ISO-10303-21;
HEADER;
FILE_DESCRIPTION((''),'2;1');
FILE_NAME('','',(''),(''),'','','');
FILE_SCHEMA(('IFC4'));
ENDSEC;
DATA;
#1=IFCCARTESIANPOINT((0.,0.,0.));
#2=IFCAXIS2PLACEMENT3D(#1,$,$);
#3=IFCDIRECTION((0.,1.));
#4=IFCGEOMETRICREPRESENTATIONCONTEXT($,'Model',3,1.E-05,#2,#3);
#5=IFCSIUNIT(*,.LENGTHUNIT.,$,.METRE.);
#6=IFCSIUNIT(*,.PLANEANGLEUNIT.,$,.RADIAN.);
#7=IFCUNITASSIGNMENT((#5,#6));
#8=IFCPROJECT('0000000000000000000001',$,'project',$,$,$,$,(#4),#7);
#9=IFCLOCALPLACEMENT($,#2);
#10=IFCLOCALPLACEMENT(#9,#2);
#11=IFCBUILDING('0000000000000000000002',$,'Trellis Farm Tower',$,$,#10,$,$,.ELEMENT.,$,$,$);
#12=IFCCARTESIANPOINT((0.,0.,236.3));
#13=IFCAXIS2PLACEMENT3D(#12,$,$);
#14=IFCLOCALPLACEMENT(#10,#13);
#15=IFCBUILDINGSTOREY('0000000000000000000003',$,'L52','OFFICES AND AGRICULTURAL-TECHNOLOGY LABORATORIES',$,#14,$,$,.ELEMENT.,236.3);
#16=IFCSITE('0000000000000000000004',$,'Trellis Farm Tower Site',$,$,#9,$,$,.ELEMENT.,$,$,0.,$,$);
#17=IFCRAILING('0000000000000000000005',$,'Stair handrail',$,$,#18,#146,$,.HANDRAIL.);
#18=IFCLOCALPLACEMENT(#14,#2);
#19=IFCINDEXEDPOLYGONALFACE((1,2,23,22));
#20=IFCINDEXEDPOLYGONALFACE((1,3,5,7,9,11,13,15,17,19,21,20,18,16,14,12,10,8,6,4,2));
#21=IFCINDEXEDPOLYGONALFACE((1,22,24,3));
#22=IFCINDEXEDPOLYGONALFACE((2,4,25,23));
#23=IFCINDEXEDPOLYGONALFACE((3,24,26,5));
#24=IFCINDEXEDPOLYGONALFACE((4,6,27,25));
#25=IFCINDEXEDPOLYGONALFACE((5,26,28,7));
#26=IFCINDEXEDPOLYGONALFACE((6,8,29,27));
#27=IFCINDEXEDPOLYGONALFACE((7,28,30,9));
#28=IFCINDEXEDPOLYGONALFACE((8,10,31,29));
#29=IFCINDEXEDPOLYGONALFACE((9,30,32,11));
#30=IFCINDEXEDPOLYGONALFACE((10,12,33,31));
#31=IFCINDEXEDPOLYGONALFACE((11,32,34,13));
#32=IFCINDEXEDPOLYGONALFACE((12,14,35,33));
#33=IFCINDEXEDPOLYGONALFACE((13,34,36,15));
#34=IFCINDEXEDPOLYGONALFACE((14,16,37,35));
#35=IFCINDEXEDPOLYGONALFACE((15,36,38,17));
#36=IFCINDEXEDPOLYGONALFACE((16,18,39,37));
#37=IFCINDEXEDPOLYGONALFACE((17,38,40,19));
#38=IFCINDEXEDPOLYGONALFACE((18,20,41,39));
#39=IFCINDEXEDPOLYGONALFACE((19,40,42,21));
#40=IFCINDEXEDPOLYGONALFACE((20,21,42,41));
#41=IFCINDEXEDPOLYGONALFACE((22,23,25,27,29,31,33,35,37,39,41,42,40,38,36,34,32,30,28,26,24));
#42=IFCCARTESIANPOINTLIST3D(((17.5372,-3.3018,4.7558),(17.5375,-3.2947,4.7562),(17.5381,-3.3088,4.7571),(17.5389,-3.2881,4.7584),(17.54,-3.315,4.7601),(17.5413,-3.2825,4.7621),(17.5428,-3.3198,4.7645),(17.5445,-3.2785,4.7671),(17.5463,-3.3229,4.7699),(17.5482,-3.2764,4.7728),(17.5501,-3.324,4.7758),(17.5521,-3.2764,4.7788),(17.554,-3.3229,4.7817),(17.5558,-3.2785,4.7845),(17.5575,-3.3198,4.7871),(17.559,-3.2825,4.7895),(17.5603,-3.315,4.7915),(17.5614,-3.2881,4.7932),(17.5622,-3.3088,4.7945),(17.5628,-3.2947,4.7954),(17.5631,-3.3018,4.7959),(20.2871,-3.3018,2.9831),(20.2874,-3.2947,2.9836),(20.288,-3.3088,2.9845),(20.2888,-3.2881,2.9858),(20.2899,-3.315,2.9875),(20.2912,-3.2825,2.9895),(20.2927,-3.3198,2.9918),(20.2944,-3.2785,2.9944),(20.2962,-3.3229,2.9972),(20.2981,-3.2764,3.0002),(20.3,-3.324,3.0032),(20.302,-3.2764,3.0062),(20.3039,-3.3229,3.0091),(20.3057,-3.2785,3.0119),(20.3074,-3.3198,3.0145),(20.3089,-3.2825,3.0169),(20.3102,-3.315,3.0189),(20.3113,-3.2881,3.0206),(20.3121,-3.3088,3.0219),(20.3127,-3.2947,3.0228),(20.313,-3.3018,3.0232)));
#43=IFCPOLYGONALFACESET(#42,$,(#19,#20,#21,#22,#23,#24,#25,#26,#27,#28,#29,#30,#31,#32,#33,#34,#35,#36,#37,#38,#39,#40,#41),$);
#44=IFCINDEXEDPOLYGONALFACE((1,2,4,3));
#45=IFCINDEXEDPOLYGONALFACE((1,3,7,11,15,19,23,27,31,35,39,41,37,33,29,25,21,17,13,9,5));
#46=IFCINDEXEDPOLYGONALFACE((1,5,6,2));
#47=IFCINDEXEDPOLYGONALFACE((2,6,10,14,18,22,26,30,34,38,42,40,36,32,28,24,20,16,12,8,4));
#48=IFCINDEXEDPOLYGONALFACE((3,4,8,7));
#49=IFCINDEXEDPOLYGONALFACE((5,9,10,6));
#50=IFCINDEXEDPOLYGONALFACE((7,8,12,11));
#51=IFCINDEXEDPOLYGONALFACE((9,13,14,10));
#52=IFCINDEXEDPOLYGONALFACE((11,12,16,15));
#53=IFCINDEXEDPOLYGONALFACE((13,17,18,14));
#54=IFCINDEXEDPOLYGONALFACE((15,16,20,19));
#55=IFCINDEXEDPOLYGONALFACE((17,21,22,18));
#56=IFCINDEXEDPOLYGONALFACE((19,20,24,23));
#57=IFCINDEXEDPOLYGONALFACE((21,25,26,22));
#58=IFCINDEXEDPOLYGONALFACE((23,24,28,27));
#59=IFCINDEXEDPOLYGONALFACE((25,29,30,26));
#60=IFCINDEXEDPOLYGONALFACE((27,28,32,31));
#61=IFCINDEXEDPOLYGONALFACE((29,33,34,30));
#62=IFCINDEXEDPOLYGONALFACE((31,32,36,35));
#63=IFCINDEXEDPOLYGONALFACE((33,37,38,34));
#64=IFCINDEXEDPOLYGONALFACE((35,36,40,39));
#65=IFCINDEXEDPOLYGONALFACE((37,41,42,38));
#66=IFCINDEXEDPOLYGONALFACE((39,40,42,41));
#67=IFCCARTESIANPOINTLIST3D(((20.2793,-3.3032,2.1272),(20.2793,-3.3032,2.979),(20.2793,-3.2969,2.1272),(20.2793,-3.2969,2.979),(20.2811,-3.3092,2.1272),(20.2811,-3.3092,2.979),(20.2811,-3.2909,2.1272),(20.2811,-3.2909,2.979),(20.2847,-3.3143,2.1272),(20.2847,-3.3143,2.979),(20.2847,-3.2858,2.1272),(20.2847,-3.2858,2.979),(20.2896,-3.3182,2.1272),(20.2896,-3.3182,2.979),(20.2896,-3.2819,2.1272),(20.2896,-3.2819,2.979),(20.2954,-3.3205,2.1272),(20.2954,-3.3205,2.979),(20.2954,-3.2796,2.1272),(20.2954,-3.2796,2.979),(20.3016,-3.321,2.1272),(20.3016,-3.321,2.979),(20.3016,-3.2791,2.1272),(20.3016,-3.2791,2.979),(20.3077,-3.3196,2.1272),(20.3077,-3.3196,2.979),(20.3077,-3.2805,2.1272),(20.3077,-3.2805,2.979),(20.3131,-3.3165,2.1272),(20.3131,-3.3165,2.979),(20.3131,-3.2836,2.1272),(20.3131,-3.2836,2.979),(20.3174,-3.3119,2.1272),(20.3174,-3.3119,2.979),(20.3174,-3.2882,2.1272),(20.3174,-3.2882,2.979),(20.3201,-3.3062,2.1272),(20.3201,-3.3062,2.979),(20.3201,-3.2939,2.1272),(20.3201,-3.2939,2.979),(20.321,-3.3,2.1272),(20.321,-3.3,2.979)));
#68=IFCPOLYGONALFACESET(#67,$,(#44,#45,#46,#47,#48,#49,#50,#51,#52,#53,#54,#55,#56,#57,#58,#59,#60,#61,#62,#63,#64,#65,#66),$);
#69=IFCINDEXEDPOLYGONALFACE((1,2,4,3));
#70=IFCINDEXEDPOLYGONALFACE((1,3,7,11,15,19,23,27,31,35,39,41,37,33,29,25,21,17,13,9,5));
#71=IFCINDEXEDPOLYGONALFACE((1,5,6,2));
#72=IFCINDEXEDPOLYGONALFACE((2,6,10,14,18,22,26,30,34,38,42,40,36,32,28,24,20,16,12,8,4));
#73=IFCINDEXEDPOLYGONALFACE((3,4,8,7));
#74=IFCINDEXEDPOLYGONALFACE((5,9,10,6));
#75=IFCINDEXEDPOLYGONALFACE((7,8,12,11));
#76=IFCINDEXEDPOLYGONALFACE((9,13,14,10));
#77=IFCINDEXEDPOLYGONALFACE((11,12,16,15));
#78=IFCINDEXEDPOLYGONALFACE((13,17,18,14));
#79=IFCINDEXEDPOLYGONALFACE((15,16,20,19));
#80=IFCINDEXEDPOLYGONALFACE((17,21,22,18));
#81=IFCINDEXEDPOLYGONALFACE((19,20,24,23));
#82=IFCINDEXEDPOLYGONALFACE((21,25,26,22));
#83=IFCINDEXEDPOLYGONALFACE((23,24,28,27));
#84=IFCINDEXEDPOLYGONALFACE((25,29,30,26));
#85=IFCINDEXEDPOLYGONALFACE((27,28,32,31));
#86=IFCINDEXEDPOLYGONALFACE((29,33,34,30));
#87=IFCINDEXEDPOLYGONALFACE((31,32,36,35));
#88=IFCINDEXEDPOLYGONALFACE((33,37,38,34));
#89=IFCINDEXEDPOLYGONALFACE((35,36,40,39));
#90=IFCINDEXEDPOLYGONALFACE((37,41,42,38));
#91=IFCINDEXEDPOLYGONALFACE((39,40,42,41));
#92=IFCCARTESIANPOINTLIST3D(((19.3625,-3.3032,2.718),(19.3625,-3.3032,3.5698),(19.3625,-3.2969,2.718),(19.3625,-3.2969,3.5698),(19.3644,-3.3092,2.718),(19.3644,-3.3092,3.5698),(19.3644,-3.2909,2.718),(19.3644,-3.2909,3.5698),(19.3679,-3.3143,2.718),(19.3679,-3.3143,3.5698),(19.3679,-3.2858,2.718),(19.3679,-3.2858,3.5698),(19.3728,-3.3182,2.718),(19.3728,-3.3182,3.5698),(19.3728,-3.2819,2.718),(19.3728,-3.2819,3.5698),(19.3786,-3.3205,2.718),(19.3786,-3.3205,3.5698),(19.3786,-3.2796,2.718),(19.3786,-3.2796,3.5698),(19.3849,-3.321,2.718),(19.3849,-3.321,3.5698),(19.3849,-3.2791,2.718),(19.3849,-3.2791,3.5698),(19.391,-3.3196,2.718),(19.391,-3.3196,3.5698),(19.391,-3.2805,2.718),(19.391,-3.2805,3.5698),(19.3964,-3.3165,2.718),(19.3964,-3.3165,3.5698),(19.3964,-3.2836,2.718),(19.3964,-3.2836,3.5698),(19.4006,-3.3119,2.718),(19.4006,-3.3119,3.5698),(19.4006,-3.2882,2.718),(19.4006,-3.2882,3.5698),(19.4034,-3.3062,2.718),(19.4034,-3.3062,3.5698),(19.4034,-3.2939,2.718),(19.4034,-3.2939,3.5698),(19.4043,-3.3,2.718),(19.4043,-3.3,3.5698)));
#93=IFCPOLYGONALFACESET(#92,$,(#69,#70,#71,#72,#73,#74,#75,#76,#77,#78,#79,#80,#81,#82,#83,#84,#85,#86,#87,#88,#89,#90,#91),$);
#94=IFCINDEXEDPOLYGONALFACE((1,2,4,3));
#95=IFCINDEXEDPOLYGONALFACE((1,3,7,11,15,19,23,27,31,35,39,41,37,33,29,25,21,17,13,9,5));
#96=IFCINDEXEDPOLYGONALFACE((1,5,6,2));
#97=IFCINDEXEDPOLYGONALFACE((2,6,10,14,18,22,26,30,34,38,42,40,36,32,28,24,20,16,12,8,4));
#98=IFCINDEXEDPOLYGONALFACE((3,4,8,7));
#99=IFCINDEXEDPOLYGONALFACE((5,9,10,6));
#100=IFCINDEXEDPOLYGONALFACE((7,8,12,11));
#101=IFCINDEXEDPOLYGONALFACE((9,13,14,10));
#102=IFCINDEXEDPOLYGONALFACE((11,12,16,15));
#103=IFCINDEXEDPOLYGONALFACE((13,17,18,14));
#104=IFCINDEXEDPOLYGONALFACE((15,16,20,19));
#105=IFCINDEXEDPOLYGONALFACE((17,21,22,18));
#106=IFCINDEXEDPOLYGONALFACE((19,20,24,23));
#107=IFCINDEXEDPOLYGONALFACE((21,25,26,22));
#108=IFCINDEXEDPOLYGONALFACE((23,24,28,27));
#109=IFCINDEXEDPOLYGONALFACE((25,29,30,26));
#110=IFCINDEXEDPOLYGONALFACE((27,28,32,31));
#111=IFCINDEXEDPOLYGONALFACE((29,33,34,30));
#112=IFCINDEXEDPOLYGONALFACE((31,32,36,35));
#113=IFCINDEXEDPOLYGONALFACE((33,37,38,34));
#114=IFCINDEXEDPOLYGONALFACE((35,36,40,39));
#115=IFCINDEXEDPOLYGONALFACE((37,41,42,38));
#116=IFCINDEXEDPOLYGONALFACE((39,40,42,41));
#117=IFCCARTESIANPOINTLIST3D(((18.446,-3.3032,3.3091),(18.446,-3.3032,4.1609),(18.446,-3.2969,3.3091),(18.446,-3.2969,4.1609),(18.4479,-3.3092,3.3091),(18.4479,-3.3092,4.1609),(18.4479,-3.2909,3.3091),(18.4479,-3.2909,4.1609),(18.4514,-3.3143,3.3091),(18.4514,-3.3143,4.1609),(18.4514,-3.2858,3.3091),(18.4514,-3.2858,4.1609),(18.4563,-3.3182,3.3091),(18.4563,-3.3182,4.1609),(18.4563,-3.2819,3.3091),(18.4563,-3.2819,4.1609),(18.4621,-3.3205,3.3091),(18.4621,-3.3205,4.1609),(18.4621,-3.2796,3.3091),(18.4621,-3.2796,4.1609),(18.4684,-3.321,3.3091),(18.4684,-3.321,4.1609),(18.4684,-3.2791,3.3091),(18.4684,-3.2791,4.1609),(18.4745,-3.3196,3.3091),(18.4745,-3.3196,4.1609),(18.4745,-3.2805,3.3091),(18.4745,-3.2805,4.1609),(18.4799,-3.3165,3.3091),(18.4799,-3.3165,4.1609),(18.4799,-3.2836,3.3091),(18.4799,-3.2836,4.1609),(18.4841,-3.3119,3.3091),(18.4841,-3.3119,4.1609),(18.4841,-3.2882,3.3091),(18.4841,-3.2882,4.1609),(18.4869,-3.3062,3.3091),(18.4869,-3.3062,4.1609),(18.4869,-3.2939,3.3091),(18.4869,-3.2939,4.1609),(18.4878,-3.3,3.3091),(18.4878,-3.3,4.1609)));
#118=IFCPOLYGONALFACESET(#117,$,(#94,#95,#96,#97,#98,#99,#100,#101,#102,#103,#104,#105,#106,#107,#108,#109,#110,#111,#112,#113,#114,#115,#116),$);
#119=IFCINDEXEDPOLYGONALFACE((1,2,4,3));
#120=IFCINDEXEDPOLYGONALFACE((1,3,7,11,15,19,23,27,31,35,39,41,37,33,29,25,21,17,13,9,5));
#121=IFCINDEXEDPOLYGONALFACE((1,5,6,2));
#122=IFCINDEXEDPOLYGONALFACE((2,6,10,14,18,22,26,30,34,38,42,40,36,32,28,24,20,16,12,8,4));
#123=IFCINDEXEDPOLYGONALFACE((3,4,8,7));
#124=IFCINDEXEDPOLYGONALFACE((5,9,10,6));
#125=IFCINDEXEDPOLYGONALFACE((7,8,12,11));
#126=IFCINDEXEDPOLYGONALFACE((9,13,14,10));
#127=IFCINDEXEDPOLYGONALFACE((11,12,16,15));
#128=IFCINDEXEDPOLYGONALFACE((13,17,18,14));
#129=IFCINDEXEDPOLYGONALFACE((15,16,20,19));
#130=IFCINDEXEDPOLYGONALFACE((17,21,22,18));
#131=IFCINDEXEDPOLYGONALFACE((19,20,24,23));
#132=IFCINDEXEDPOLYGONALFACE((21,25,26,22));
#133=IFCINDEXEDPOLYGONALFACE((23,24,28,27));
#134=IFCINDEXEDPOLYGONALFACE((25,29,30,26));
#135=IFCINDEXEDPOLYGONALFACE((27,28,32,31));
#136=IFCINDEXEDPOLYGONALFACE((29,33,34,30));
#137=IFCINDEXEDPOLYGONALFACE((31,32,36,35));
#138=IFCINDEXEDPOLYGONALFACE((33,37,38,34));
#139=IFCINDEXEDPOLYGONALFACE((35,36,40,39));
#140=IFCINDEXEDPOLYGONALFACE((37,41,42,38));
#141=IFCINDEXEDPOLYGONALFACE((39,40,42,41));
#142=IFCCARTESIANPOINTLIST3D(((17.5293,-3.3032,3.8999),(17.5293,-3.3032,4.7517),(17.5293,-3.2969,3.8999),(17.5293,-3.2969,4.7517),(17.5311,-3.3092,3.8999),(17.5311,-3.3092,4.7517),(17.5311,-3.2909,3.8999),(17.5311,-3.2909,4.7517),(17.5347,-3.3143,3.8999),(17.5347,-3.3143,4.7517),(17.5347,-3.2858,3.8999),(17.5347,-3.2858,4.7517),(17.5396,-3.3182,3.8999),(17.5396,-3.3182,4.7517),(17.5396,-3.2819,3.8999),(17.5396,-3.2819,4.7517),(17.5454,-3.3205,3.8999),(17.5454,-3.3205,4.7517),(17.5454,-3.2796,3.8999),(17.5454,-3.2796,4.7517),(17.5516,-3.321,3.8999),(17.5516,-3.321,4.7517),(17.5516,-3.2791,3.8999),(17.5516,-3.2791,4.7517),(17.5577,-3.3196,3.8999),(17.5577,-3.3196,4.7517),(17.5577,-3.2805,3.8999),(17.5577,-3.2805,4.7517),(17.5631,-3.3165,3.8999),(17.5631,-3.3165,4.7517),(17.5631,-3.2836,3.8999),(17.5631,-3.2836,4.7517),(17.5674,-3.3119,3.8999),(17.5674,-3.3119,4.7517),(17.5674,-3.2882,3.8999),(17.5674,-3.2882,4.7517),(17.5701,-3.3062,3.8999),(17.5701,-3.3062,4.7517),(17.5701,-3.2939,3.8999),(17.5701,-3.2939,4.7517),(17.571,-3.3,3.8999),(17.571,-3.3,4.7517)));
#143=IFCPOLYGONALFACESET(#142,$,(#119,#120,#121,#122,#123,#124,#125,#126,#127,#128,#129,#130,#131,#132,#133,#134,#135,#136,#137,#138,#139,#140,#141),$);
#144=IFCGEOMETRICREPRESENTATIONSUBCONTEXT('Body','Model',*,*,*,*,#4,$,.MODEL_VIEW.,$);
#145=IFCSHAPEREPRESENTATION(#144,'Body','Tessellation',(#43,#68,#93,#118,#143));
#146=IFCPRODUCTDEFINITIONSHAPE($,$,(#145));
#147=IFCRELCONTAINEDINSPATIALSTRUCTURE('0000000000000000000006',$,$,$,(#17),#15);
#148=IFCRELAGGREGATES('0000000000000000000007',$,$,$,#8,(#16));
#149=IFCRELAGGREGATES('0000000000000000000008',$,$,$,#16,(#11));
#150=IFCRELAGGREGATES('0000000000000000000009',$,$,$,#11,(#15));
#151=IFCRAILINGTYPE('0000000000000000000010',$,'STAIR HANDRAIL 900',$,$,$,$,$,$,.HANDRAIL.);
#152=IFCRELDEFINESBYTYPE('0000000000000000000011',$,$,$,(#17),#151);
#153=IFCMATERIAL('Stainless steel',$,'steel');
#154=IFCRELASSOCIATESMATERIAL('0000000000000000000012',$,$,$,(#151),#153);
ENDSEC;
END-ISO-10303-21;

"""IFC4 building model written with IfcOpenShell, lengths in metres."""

from ifc_helpers import new_model, si_unit, direction, frame, origin, origin_2d, place, context, subcontext, project, spatial, circle, extrude, source, transform, mapped, material, type_object, element, save


model = new_model("IFC4")

# Units and contexts
model_context = context("Model", 3, precision=1e-05, world=origin(), true_north=direction((0.0, 1.0)))
body_context = subcontext(model_context, "Body", "Model", "MODEL_VIEW")
ifc_project = project(units=[si_unit("LENGTHUNIT", "METRE"), si_unit("PLANEANGLEUNIT", "RADIAN")], contexts=[model_context])

# Site, building, storey
site_placement = place(None, origin())
site = spatial("IfcSite", under=ifc_project, at=site_placement, Name="Trellis Farm Tower Site", CompositionType="ELEMENT", RefElevation=0.0)
building_placement = place(site_placement, origin())
building = spatial("IfcBuilding", under=site, at=building_placement, Name="Trellis Farm Tower", CompositionType="ELEMENT")
storey_placement = place(building_placement, frame((0.0, 0.0, 236.3)))
storey = spatial("IfcBuildingStorey", under=building, at=storey_placement, Name="L52", Description="OFFICES AND AGRICULTURAL-TECHNOLOGY LABORATORIES", CompositionType="ELEMENT", Elevation=236.3)

# Railing
ifc_material_1 = material(Name="Stainless steel", Category="steel")
railing_type = type_object("IfcRailingType", Name="STAIR HANDRAIL 900", PredefinedType="HANDRAIL", material=ifc_material_1)
shared_shape_1 = source(origin(), body_context, "Body", "SweptSolid", [
    extrude(circle(Radius=0.0239, at=origin_2d()), frame((0.0, 0.0, 0.876), z_axis=(-0.840504, 0.0, 0.541806), x_axis=(0.0, -1.0, 0.0)), (0.0, 0.0, 1.0), 3.2717),
    extrude(circle(Radius=0.021, at=origin_2d()), origin(), (0.0, 0.0, 1.0), 0.8518),
    extrude(circle(Radius=0.021, at=origin_2d()), frame((-0.9167, 0.0, 0.5908)), (0.0, 0.0, 1.0), 0.8518),
    extrude(circle(Radius=0.021, at=origin_2d()), frame((-1.8333, 0.0, 1.1819)), (0.0, 0.0, 1.0), 0.8518),
    extrude(circle(Radius=0.021, at=origin_2d()), frame((-2.75, 0.0, 1.7727)), (0.0, 0.0, 1.0), 0.8518),
])
for number, where, name in (
    (1, (20.3, -3.3, 2.1272), "Stair handrail"),
):
    element("IfcRailing", number, at=place(storey_placement, frame(where)), inside=storey, type_object=railing_type, Name=name, PredefinedType="HANDRAIL", context=body_context, shape_type="MappedRepresentation", body=[
        mapped(shared_shape_1, transform((0.0, 0.0, 0.0))),
    ])

save(model, "model.ifc")
